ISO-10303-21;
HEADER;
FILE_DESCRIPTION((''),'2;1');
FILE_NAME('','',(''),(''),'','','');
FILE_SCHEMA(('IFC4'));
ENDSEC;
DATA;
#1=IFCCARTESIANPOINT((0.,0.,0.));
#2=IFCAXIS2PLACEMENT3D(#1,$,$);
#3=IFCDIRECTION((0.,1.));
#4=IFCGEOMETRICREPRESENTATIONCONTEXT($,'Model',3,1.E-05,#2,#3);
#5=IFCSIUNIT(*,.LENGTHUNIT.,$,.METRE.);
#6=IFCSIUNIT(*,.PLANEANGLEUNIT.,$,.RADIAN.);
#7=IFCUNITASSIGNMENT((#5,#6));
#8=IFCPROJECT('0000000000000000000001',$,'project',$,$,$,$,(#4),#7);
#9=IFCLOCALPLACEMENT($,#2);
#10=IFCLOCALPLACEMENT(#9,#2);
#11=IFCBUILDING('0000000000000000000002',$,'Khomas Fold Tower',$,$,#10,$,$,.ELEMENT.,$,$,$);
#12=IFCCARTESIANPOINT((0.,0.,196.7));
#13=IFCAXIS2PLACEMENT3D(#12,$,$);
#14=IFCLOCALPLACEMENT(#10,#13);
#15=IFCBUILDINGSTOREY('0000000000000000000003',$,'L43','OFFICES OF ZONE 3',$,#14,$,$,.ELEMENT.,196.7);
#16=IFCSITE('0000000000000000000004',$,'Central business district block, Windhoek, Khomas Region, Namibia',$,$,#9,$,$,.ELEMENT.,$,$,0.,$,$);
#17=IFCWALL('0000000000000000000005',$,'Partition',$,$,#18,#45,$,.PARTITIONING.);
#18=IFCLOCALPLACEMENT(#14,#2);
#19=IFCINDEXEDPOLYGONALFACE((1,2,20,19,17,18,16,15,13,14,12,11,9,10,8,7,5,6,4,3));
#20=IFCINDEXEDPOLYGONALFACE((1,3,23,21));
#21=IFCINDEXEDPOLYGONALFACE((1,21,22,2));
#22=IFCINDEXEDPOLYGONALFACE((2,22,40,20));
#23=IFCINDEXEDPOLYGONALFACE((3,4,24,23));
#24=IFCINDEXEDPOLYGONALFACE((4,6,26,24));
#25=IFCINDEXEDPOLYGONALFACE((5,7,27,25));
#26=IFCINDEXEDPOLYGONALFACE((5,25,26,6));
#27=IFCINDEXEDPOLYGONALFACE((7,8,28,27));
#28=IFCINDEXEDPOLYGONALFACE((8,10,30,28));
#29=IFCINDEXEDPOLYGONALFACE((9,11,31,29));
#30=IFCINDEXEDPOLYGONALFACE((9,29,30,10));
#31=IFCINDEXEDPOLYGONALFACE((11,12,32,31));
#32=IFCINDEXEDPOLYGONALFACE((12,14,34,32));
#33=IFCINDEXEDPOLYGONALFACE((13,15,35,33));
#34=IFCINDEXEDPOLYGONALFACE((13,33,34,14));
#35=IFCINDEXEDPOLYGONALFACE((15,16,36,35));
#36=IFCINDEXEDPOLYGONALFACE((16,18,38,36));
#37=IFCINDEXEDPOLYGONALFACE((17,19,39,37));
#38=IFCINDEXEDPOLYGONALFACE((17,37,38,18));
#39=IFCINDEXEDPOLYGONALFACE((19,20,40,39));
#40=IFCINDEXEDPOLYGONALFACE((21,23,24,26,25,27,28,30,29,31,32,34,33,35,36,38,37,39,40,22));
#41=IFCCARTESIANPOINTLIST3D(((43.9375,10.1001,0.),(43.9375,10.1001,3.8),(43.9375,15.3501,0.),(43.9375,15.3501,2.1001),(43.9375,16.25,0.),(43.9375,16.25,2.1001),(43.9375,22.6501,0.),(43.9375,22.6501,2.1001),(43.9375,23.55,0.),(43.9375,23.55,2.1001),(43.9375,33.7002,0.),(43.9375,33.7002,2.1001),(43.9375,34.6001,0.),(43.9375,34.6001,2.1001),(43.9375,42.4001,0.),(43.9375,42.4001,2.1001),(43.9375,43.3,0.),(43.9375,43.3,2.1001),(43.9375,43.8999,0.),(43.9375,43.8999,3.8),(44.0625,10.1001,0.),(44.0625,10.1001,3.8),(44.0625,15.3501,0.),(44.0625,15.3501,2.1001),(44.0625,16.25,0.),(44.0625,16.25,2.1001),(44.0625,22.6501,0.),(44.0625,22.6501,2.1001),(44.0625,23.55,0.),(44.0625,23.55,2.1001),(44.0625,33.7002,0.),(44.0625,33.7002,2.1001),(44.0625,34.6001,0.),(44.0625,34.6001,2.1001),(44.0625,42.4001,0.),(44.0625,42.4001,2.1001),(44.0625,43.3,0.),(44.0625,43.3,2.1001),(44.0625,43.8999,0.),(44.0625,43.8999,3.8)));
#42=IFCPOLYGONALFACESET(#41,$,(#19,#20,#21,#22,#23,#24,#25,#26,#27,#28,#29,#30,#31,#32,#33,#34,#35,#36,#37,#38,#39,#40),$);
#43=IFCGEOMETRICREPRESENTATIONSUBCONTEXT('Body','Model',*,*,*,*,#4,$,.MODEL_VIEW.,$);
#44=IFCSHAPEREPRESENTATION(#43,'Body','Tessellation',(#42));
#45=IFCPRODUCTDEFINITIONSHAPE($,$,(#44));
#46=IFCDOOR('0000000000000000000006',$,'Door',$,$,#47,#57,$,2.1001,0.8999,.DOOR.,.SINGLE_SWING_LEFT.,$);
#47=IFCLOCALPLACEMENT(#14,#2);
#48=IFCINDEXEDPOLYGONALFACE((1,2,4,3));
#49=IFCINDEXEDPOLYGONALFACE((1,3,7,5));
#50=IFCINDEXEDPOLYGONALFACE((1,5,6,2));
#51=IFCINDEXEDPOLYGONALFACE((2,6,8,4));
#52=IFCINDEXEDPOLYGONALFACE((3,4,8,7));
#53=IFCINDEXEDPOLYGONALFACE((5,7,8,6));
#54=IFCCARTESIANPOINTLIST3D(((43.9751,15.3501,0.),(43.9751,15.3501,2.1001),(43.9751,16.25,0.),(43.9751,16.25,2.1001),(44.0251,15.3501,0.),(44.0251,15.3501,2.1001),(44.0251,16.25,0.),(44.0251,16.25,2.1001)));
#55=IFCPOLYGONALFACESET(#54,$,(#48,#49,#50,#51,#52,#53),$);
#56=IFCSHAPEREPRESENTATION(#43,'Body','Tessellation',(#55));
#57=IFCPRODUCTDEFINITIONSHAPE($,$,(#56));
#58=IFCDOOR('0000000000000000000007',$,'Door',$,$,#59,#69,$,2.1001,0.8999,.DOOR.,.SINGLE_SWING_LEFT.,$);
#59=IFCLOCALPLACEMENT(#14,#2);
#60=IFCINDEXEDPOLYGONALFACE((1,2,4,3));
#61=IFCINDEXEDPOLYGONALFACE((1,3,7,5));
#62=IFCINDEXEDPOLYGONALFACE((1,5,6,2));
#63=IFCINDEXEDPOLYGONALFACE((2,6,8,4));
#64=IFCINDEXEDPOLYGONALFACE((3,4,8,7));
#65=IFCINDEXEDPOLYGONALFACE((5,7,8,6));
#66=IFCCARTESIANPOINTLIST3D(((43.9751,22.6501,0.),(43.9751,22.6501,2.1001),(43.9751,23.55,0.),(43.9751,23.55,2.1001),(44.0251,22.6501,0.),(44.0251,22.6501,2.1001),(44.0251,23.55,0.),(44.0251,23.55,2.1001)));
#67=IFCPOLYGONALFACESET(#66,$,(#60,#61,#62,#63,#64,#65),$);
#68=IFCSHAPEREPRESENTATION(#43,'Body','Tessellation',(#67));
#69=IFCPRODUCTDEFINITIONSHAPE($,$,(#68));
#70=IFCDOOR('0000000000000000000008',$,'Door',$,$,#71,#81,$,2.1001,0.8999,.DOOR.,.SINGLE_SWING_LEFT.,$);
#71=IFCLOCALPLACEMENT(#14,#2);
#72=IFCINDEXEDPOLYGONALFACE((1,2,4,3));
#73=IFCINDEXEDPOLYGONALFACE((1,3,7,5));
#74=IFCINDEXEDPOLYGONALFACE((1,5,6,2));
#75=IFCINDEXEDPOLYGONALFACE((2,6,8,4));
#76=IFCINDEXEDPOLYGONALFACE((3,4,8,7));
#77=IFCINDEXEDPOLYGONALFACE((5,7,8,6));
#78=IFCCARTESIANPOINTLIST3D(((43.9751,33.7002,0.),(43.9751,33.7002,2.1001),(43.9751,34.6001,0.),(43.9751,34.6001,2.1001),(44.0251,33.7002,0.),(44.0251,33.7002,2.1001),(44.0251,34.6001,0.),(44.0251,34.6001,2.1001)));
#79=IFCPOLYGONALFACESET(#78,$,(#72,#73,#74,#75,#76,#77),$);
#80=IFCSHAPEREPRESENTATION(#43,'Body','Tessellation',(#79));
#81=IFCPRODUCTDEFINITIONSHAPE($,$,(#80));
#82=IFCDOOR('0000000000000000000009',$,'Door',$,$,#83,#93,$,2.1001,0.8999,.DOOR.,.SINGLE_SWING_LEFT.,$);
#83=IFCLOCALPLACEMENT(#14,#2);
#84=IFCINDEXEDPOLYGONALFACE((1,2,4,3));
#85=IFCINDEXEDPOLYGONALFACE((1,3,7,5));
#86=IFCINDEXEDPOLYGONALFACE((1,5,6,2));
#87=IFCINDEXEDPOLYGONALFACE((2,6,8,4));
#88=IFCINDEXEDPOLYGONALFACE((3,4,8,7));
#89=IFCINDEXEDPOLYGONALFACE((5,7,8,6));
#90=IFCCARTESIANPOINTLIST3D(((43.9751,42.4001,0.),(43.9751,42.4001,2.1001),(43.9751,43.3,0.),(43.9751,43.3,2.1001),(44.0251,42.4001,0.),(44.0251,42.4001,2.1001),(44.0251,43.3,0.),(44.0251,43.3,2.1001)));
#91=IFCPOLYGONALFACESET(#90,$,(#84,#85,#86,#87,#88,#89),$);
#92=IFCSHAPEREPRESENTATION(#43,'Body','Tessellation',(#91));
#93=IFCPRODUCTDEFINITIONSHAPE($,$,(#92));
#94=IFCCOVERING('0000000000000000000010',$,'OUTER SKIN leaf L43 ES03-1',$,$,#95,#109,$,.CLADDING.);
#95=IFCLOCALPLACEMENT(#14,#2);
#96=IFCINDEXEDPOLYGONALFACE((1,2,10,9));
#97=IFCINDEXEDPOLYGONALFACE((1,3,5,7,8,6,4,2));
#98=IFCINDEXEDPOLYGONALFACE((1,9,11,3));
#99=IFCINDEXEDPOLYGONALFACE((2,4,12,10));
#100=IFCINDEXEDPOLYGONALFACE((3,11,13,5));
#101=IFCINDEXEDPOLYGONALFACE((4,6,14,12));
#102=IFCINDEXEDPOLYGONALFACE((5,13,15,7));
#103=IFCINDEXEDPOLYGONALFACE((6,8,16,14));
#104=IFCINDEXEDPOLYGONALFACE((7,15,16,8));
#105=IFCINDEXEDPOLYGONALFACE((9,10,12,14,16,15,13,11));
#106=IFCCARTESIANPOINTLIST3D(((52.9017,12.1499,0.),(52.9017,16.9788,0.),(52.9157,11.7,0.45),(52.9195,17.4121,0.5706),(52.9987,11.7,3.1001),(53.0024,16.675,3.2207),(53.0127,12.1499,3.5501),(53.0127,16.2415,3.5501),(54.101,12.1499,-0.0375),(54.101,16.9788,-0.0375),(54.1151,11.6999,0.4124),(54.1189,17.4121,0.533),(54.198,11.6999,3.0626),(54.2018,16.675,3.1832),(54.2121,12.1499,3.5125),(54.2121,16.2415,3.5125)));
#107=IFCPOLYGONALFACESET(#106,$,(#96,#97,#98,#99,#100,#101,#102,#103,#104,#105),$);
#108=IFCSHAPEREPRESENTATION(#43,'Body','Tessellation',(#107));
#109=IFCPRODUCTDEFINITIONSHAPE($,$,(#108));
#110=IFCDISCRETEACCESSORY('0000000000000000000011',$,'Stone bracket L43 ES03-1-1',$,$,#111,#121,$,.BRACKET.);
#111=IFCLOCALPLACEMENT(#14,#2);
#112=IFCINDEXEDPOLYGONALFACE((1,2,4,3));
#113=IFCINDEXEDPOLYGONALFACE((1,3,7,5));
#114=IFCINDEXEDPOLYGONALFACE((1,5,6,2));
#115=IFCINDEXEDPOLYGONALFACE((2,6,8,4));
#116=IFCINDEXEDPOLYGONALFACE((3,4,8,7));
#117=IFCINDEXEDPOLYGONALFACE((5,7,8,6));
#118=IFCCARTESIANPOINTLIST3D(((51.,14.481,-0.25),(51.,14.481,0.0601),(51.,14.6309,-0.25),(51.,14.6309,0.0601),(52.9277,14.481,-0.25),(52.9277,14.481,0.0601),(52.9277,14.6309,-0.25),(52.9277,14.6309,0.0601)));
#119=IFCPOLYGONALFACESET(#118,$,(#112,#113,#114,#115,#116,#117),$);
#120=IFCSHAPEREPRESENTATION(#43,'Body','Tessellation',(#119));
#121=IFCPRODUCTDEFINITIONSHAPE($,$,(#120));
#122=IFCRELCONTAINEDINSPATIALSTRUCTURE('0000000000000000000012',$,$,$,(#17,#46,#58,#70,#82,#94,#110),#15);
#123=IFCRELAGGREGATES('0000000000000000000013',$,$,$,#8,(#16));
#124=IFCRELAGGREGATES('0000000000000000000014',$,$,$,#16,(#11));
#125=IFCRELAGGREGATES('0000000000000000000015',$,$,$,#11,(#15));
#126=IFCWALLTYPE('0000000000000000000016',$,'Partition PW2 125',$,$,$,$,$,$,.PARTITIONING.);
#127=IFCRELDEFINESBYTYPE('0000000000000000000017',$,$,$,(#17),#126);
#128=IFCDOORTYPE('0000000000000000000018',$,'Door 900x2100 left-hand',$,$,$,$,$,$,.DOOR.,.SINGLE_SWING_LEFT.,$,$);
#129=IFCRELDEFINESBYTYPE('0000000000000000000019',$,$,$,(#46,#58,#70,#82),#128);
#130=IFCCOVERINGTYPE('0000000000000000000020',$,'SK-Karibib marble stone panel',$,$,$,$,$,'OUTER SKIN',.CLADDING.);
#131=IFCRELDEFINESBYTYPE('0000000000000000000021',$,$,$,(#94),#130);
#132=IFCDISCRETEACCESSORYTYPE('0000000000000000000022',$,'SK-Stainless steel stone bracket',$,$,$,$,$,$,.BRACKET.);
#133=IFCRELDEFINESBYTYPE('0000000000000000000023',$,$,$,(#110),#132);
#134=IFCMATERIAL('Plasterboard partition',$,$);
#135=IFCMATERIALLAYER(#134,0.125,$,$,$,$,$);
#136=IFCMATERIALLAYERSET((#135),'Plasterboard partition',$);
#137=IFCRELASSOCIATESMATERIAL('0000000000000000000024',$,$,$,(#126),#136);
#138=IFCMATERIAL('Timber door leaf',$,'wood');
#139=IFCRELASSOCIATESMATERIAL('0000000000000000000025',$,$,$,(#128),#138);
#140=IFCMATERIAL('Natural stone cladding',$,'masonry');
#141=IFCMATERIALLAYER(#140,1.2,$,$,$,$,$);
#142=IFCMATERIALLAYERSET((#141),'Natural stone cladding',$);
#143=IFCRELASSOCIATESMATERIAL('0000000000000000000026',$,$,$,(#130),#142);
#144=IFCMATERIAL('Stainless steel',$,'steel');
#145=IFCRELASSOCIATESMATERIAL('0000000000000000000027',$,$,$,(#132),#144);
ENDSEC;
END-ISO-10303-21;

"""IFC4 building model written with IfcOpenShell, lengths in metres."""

from ifc_helpers import new_model, si_unit, direction, frame, frame_2d, origin, origin_2d, place, context, subcontext, project, spatial, polyline, rectangle, outline, extrude, source, transform, mapped, material, layer, layer_set, type_object, element, fill, save


model = new_model("IFC4")

# Units and contexts
model_context = context("Model", 3, precision=1e-05, world=origin(), true_north=direction((0.0, 1.0)))
body_context = subcontext(model_context, "Body", "Model", "MODEL_VIEW")
ifc_project = project(units=[si_unit("LENGTHUNIT", "METRE"), si_unit("PLANEANGLEUNIT", "RADIAN")], contexts=[model_context])

# Site, building, storey
site_placement = place(None, origin())
site = spatial("IfcSite", under=ifc_project, at=site_placement, Name="Central business district block, Windhoek, Khomas Region, Namibia", CompositionType="ELEMENT", RefElevation=0.0)
building_placement = place(site_placement, origin())
building = spatial("IfcBuilding", under=site, at=building_placement, Name="Khomas Fold Tower", CompositionType="ELEMENT")
storey_placement = place(building_placement, frame((0.0, 0.0, 196.7)))
storey = spatial("IfcBuildingStorey", under=building, at=storey_placement, Name="L43", Description="OFFICES OF ZONE 3", CompositionType="ELEMENT", Elevation=196.7)

# Wall, openings, doors
ifc_material_1 = material(Name="Plasterboard partition")
ifc_layer_1 = layer(ifc_material_1, 0.125)
ifc_layer_set_1 = layer_set([ifc_layer_1], Name="Plasterboard partition")
wall_type_1 = type_object("IfcWallType", Name="Partition PW2 125", PredefinedType="PARTITIONING", material=ifc_layer_set_1)
shared_shape_1 = source(origin(), body_context, "Body", "SweptSolid", [
    extrude(rectangle(XDim=33.7998, YDim=0.125, at=frame_2d((16.8999, 0.0))), origin(), (0.0, 0.0, 1.0), 3.8),
])
wall_1_placement = place(storey_placement, frame((44.0, 10.1001, 0.0), z_axis=(0.0, 0.0, 1.0), x_axis=(0.0, 1.0, 0.0)))
wall_1 = element("IfcWall", 1, at=wall_1_placement, inside=storey, type_object=wall_type_1, Name="Partition", PredefinedType="PARTITIONING", context=body_context, shape_type="MappedRepresentation", body=[
    mapped(shared_shape_1, transform((0.0, 0.0, 0.0))),
])
shared_shape_2 = source(origin(), body_context, "Body", "SweptSolid", [
    extrude(rectangle(XDim=0.8999, YDim=2.1001, at=frame_2d((0.45, 1.05))), frame((0.0, 0.0725, 0.0), z_axis=(0.0, -1.0, 0.0), x_axis=(1.0, 0.0, 0.0)), (0.0, 0.0, 1.0), 0.145),
])
opening_1_placement = place(wall_1_placement, frame((5.25, 0.0, 0.0)))
opening_1 = element("IfcOpeningElement", 2, at=opening_1_placement, cuts=wall_1, PredefinedType="OPENING", context=body_context, shape_type="MappedRepresentation", body=[
    mapped(shared_shape_2, transform((0.0, 0.0, 0.0))),
])
opening_2_placement = place(wall_1_placement, frame((12.55, 0.0, 0.0)))
opening_2 = element("IfcOpeningElement", 3, at=opening_2_placement, cuts=wall_1, PredefinedType="OPENING", context=body_context, shape_type="MappedRepresentation", body=[
    mapped(shared_shape_2, transform((0.0, 0.0, 0.0))),
])
opening_3_placement = place(wall_1_placement, frame((23.6001, 0.0, 0.0)))
opening_3 = element("IfcOpeningElement", 4, at=opening_3_placement, cuts=wall_1, PredefinedType="OPENING", context=body_context, shape_type="MappedRepresentation", body=[
    mapped(shared_shape_2, transform((0.0, 0.0, 0.0))),
])
opening_4_placement = place(wall_1_placement, frame((32.3, 0.0, 0.0)))
opening_4 = element("IfcOpeningElement", 5, at=opening_4_placement, cuts=wall_1, PredefinedType="OPENING", context=body_context, shape_type="MappedRepresentation", body=[
    mapped(shared_shape_2, transform((0.0, 0.0, 0.0))),
])
ifc_material_2 = material(Name="Timber door leaf", Category="wood")
door_type = type_object("IfcDoorType", Name="Door 900x2100 left-hand", OperationType="SINGLE_SWING_LEFT", PredefinedType="DOOR", material=ifc_material_2)
shared_shape_3 = source(origin(), body_context, "Body", "SweptSolid", [
    extrude(rectangle(XDim=0.8999, YDim=2.1001, at=frame_2d((0.45, 1.05))), frame((0.0, 0.0249, 0.0), z_axis=(0.0, -1.0, 0.0), x_axis=(1.0, 0.0, 0.0)), (0.0, 0.0, 1.0), 0.05),
])
door_1_placement = place(opening_1_placement, origin())
door_1 = element("IfcDoor", 6, at=door_1_placement, inside=storey, type_object=door_type, Name="Door", OperationType="SINGLE_SWING_LEFT", OverallHeight=2.1001, OverallWidth=0.8999, PredefinedType="DOOR", context=body_context, shape_type="MappedRepresentation", body=[
    mapped(shared_shape_3, transform((0.0, 0.0, 0.0))),
])
fill(opening_1, door_1)
door_2_placement = place(opening_2_placement, origin())
door_2 = element("IfcDoor", 7, at=door_2_placement, inside=storey, type_object=door_type, Name="Door", OperationType="SINGLE_SWING_LEFT", OverallHeight=2.1001, OverallWidth=0.8999, PredefinedType="DOOR", context=body_context, shape_type="MappedRepresentation", body=[
    mapped(shared_shape_3, transform((0.0, 0.0, 0.0))),
])
fill(opening_2, door_2)
door_3_placement = place(opening_3_placement, origin())
door_3 = element("IfcDoor", 8, at=door_3_placement, inside=storey, type_object=door_type, Name="Door", OperationType="SINGLE_SWING_LEFT", OverallHeight=2.1001, OverallWidth=0.8999, PredefinedType="DOOR", context=body_context, shape_type="MappedRepresentation", body=[
    mapped(shared_shape_3, transform((0.0, 0.0, 0.0))),
])
fill(opening_3, door_3)
door_4_placement = place(opening_4_placement, origin())
door_4 = element("IfcDoor", 9, at=door_4_placement, inside=storey, type_object=door_type, Name="Door", OperationType="SINGLE_SWING_LEFT", OverallHeight=2.1001, OverallWidth=0.8999, PredefinedType="DOOR", context=body_context, shape_type="MappedRepresentation", body=[
    mapped(shared_shape_3, transform((0.0, 0.0, 0.0))),
])
fill(opening_4, door_4)

# Covering
ifc_material_3 = material(Name="Natural stone cladding", Category="masonry")
ifc_layer_2 = layer(ifc_material_3, 1.2)
ifc_layer_set_2 = layer_set([ifc_layer_2], Name="Natural stone cladding")
covering_type = type_object("IfcCoveringType", Name="SK-Karibib marble stone panel", ElementType="OUTER SKIN", PredefinedType="CLADDING", material=ifc_layer_set_2)
covering_placement = place(storey_placement, frame((53.0024, 16.675, 3.2207), z_axis=(-0.999511, 0.000002, 0.03127), x_axis=(-0.030127, 0.267829, -0.962995)))
element("IfcCovering", 10, at=covering_placement, inside=storey, type_object=covering_type, Name="OUTER SKIN leaf L43 ES03-1", PredefinedType="CLADDING", context=body_context, shape_type="SweptSolid", body=[
    extrude(outline(polyline([(0.0, 0.0), (2.752, 0.0), (3.1859, 0.5704), (1.8926, 5.2228), (1.3384, 5.5358), (-1.2162, 4.8257), (-1.5294, 4.2716), (-0.4336, 0.3295), (0.0, 0.0)])), origin(), (0.0, 0.0, -1.0), 1.2),
])

# Discrete accessory
ifc_material_4 = material(Name="Stainless steel", Category="steel")
discrete_accessory_type = type_object("IfcDiscreteAccessoryType", Name="SK-Stainless steel stone bracket", PredefinedType="BRACKET", material=ifc_material_4)
shared_shape_4 = source(origin(), body_context, "Body", "SweptSolid", [
    extrude(rectangle(XDim=1.9277, YDim=0.1499, at=origin_2d()), origin(), (0.0, 0.0, 1.0), 0.3101),
])
discrete_accessory_placement = place(storey_placement, frame((51.9639, 14.5559, -0.25), z_axis=(0.0, 0.0, 1.0), x_axis=(1.0, 0.0, 0.0)))
element("IfcDiscreteAccessory", 11, at=discrete_accessory_placement, inside=storey, type_object=discrete_accessory_type, Name="Stone bracket L43 ES03-1-1", PredefinedType="BRACKET", context=body_context, shape_type="MappedRepresentation", body=[
    mapped(shared_shape_4, transform((0.0, 0.0, 0.0))),
])

save(model, "model.ifc")
